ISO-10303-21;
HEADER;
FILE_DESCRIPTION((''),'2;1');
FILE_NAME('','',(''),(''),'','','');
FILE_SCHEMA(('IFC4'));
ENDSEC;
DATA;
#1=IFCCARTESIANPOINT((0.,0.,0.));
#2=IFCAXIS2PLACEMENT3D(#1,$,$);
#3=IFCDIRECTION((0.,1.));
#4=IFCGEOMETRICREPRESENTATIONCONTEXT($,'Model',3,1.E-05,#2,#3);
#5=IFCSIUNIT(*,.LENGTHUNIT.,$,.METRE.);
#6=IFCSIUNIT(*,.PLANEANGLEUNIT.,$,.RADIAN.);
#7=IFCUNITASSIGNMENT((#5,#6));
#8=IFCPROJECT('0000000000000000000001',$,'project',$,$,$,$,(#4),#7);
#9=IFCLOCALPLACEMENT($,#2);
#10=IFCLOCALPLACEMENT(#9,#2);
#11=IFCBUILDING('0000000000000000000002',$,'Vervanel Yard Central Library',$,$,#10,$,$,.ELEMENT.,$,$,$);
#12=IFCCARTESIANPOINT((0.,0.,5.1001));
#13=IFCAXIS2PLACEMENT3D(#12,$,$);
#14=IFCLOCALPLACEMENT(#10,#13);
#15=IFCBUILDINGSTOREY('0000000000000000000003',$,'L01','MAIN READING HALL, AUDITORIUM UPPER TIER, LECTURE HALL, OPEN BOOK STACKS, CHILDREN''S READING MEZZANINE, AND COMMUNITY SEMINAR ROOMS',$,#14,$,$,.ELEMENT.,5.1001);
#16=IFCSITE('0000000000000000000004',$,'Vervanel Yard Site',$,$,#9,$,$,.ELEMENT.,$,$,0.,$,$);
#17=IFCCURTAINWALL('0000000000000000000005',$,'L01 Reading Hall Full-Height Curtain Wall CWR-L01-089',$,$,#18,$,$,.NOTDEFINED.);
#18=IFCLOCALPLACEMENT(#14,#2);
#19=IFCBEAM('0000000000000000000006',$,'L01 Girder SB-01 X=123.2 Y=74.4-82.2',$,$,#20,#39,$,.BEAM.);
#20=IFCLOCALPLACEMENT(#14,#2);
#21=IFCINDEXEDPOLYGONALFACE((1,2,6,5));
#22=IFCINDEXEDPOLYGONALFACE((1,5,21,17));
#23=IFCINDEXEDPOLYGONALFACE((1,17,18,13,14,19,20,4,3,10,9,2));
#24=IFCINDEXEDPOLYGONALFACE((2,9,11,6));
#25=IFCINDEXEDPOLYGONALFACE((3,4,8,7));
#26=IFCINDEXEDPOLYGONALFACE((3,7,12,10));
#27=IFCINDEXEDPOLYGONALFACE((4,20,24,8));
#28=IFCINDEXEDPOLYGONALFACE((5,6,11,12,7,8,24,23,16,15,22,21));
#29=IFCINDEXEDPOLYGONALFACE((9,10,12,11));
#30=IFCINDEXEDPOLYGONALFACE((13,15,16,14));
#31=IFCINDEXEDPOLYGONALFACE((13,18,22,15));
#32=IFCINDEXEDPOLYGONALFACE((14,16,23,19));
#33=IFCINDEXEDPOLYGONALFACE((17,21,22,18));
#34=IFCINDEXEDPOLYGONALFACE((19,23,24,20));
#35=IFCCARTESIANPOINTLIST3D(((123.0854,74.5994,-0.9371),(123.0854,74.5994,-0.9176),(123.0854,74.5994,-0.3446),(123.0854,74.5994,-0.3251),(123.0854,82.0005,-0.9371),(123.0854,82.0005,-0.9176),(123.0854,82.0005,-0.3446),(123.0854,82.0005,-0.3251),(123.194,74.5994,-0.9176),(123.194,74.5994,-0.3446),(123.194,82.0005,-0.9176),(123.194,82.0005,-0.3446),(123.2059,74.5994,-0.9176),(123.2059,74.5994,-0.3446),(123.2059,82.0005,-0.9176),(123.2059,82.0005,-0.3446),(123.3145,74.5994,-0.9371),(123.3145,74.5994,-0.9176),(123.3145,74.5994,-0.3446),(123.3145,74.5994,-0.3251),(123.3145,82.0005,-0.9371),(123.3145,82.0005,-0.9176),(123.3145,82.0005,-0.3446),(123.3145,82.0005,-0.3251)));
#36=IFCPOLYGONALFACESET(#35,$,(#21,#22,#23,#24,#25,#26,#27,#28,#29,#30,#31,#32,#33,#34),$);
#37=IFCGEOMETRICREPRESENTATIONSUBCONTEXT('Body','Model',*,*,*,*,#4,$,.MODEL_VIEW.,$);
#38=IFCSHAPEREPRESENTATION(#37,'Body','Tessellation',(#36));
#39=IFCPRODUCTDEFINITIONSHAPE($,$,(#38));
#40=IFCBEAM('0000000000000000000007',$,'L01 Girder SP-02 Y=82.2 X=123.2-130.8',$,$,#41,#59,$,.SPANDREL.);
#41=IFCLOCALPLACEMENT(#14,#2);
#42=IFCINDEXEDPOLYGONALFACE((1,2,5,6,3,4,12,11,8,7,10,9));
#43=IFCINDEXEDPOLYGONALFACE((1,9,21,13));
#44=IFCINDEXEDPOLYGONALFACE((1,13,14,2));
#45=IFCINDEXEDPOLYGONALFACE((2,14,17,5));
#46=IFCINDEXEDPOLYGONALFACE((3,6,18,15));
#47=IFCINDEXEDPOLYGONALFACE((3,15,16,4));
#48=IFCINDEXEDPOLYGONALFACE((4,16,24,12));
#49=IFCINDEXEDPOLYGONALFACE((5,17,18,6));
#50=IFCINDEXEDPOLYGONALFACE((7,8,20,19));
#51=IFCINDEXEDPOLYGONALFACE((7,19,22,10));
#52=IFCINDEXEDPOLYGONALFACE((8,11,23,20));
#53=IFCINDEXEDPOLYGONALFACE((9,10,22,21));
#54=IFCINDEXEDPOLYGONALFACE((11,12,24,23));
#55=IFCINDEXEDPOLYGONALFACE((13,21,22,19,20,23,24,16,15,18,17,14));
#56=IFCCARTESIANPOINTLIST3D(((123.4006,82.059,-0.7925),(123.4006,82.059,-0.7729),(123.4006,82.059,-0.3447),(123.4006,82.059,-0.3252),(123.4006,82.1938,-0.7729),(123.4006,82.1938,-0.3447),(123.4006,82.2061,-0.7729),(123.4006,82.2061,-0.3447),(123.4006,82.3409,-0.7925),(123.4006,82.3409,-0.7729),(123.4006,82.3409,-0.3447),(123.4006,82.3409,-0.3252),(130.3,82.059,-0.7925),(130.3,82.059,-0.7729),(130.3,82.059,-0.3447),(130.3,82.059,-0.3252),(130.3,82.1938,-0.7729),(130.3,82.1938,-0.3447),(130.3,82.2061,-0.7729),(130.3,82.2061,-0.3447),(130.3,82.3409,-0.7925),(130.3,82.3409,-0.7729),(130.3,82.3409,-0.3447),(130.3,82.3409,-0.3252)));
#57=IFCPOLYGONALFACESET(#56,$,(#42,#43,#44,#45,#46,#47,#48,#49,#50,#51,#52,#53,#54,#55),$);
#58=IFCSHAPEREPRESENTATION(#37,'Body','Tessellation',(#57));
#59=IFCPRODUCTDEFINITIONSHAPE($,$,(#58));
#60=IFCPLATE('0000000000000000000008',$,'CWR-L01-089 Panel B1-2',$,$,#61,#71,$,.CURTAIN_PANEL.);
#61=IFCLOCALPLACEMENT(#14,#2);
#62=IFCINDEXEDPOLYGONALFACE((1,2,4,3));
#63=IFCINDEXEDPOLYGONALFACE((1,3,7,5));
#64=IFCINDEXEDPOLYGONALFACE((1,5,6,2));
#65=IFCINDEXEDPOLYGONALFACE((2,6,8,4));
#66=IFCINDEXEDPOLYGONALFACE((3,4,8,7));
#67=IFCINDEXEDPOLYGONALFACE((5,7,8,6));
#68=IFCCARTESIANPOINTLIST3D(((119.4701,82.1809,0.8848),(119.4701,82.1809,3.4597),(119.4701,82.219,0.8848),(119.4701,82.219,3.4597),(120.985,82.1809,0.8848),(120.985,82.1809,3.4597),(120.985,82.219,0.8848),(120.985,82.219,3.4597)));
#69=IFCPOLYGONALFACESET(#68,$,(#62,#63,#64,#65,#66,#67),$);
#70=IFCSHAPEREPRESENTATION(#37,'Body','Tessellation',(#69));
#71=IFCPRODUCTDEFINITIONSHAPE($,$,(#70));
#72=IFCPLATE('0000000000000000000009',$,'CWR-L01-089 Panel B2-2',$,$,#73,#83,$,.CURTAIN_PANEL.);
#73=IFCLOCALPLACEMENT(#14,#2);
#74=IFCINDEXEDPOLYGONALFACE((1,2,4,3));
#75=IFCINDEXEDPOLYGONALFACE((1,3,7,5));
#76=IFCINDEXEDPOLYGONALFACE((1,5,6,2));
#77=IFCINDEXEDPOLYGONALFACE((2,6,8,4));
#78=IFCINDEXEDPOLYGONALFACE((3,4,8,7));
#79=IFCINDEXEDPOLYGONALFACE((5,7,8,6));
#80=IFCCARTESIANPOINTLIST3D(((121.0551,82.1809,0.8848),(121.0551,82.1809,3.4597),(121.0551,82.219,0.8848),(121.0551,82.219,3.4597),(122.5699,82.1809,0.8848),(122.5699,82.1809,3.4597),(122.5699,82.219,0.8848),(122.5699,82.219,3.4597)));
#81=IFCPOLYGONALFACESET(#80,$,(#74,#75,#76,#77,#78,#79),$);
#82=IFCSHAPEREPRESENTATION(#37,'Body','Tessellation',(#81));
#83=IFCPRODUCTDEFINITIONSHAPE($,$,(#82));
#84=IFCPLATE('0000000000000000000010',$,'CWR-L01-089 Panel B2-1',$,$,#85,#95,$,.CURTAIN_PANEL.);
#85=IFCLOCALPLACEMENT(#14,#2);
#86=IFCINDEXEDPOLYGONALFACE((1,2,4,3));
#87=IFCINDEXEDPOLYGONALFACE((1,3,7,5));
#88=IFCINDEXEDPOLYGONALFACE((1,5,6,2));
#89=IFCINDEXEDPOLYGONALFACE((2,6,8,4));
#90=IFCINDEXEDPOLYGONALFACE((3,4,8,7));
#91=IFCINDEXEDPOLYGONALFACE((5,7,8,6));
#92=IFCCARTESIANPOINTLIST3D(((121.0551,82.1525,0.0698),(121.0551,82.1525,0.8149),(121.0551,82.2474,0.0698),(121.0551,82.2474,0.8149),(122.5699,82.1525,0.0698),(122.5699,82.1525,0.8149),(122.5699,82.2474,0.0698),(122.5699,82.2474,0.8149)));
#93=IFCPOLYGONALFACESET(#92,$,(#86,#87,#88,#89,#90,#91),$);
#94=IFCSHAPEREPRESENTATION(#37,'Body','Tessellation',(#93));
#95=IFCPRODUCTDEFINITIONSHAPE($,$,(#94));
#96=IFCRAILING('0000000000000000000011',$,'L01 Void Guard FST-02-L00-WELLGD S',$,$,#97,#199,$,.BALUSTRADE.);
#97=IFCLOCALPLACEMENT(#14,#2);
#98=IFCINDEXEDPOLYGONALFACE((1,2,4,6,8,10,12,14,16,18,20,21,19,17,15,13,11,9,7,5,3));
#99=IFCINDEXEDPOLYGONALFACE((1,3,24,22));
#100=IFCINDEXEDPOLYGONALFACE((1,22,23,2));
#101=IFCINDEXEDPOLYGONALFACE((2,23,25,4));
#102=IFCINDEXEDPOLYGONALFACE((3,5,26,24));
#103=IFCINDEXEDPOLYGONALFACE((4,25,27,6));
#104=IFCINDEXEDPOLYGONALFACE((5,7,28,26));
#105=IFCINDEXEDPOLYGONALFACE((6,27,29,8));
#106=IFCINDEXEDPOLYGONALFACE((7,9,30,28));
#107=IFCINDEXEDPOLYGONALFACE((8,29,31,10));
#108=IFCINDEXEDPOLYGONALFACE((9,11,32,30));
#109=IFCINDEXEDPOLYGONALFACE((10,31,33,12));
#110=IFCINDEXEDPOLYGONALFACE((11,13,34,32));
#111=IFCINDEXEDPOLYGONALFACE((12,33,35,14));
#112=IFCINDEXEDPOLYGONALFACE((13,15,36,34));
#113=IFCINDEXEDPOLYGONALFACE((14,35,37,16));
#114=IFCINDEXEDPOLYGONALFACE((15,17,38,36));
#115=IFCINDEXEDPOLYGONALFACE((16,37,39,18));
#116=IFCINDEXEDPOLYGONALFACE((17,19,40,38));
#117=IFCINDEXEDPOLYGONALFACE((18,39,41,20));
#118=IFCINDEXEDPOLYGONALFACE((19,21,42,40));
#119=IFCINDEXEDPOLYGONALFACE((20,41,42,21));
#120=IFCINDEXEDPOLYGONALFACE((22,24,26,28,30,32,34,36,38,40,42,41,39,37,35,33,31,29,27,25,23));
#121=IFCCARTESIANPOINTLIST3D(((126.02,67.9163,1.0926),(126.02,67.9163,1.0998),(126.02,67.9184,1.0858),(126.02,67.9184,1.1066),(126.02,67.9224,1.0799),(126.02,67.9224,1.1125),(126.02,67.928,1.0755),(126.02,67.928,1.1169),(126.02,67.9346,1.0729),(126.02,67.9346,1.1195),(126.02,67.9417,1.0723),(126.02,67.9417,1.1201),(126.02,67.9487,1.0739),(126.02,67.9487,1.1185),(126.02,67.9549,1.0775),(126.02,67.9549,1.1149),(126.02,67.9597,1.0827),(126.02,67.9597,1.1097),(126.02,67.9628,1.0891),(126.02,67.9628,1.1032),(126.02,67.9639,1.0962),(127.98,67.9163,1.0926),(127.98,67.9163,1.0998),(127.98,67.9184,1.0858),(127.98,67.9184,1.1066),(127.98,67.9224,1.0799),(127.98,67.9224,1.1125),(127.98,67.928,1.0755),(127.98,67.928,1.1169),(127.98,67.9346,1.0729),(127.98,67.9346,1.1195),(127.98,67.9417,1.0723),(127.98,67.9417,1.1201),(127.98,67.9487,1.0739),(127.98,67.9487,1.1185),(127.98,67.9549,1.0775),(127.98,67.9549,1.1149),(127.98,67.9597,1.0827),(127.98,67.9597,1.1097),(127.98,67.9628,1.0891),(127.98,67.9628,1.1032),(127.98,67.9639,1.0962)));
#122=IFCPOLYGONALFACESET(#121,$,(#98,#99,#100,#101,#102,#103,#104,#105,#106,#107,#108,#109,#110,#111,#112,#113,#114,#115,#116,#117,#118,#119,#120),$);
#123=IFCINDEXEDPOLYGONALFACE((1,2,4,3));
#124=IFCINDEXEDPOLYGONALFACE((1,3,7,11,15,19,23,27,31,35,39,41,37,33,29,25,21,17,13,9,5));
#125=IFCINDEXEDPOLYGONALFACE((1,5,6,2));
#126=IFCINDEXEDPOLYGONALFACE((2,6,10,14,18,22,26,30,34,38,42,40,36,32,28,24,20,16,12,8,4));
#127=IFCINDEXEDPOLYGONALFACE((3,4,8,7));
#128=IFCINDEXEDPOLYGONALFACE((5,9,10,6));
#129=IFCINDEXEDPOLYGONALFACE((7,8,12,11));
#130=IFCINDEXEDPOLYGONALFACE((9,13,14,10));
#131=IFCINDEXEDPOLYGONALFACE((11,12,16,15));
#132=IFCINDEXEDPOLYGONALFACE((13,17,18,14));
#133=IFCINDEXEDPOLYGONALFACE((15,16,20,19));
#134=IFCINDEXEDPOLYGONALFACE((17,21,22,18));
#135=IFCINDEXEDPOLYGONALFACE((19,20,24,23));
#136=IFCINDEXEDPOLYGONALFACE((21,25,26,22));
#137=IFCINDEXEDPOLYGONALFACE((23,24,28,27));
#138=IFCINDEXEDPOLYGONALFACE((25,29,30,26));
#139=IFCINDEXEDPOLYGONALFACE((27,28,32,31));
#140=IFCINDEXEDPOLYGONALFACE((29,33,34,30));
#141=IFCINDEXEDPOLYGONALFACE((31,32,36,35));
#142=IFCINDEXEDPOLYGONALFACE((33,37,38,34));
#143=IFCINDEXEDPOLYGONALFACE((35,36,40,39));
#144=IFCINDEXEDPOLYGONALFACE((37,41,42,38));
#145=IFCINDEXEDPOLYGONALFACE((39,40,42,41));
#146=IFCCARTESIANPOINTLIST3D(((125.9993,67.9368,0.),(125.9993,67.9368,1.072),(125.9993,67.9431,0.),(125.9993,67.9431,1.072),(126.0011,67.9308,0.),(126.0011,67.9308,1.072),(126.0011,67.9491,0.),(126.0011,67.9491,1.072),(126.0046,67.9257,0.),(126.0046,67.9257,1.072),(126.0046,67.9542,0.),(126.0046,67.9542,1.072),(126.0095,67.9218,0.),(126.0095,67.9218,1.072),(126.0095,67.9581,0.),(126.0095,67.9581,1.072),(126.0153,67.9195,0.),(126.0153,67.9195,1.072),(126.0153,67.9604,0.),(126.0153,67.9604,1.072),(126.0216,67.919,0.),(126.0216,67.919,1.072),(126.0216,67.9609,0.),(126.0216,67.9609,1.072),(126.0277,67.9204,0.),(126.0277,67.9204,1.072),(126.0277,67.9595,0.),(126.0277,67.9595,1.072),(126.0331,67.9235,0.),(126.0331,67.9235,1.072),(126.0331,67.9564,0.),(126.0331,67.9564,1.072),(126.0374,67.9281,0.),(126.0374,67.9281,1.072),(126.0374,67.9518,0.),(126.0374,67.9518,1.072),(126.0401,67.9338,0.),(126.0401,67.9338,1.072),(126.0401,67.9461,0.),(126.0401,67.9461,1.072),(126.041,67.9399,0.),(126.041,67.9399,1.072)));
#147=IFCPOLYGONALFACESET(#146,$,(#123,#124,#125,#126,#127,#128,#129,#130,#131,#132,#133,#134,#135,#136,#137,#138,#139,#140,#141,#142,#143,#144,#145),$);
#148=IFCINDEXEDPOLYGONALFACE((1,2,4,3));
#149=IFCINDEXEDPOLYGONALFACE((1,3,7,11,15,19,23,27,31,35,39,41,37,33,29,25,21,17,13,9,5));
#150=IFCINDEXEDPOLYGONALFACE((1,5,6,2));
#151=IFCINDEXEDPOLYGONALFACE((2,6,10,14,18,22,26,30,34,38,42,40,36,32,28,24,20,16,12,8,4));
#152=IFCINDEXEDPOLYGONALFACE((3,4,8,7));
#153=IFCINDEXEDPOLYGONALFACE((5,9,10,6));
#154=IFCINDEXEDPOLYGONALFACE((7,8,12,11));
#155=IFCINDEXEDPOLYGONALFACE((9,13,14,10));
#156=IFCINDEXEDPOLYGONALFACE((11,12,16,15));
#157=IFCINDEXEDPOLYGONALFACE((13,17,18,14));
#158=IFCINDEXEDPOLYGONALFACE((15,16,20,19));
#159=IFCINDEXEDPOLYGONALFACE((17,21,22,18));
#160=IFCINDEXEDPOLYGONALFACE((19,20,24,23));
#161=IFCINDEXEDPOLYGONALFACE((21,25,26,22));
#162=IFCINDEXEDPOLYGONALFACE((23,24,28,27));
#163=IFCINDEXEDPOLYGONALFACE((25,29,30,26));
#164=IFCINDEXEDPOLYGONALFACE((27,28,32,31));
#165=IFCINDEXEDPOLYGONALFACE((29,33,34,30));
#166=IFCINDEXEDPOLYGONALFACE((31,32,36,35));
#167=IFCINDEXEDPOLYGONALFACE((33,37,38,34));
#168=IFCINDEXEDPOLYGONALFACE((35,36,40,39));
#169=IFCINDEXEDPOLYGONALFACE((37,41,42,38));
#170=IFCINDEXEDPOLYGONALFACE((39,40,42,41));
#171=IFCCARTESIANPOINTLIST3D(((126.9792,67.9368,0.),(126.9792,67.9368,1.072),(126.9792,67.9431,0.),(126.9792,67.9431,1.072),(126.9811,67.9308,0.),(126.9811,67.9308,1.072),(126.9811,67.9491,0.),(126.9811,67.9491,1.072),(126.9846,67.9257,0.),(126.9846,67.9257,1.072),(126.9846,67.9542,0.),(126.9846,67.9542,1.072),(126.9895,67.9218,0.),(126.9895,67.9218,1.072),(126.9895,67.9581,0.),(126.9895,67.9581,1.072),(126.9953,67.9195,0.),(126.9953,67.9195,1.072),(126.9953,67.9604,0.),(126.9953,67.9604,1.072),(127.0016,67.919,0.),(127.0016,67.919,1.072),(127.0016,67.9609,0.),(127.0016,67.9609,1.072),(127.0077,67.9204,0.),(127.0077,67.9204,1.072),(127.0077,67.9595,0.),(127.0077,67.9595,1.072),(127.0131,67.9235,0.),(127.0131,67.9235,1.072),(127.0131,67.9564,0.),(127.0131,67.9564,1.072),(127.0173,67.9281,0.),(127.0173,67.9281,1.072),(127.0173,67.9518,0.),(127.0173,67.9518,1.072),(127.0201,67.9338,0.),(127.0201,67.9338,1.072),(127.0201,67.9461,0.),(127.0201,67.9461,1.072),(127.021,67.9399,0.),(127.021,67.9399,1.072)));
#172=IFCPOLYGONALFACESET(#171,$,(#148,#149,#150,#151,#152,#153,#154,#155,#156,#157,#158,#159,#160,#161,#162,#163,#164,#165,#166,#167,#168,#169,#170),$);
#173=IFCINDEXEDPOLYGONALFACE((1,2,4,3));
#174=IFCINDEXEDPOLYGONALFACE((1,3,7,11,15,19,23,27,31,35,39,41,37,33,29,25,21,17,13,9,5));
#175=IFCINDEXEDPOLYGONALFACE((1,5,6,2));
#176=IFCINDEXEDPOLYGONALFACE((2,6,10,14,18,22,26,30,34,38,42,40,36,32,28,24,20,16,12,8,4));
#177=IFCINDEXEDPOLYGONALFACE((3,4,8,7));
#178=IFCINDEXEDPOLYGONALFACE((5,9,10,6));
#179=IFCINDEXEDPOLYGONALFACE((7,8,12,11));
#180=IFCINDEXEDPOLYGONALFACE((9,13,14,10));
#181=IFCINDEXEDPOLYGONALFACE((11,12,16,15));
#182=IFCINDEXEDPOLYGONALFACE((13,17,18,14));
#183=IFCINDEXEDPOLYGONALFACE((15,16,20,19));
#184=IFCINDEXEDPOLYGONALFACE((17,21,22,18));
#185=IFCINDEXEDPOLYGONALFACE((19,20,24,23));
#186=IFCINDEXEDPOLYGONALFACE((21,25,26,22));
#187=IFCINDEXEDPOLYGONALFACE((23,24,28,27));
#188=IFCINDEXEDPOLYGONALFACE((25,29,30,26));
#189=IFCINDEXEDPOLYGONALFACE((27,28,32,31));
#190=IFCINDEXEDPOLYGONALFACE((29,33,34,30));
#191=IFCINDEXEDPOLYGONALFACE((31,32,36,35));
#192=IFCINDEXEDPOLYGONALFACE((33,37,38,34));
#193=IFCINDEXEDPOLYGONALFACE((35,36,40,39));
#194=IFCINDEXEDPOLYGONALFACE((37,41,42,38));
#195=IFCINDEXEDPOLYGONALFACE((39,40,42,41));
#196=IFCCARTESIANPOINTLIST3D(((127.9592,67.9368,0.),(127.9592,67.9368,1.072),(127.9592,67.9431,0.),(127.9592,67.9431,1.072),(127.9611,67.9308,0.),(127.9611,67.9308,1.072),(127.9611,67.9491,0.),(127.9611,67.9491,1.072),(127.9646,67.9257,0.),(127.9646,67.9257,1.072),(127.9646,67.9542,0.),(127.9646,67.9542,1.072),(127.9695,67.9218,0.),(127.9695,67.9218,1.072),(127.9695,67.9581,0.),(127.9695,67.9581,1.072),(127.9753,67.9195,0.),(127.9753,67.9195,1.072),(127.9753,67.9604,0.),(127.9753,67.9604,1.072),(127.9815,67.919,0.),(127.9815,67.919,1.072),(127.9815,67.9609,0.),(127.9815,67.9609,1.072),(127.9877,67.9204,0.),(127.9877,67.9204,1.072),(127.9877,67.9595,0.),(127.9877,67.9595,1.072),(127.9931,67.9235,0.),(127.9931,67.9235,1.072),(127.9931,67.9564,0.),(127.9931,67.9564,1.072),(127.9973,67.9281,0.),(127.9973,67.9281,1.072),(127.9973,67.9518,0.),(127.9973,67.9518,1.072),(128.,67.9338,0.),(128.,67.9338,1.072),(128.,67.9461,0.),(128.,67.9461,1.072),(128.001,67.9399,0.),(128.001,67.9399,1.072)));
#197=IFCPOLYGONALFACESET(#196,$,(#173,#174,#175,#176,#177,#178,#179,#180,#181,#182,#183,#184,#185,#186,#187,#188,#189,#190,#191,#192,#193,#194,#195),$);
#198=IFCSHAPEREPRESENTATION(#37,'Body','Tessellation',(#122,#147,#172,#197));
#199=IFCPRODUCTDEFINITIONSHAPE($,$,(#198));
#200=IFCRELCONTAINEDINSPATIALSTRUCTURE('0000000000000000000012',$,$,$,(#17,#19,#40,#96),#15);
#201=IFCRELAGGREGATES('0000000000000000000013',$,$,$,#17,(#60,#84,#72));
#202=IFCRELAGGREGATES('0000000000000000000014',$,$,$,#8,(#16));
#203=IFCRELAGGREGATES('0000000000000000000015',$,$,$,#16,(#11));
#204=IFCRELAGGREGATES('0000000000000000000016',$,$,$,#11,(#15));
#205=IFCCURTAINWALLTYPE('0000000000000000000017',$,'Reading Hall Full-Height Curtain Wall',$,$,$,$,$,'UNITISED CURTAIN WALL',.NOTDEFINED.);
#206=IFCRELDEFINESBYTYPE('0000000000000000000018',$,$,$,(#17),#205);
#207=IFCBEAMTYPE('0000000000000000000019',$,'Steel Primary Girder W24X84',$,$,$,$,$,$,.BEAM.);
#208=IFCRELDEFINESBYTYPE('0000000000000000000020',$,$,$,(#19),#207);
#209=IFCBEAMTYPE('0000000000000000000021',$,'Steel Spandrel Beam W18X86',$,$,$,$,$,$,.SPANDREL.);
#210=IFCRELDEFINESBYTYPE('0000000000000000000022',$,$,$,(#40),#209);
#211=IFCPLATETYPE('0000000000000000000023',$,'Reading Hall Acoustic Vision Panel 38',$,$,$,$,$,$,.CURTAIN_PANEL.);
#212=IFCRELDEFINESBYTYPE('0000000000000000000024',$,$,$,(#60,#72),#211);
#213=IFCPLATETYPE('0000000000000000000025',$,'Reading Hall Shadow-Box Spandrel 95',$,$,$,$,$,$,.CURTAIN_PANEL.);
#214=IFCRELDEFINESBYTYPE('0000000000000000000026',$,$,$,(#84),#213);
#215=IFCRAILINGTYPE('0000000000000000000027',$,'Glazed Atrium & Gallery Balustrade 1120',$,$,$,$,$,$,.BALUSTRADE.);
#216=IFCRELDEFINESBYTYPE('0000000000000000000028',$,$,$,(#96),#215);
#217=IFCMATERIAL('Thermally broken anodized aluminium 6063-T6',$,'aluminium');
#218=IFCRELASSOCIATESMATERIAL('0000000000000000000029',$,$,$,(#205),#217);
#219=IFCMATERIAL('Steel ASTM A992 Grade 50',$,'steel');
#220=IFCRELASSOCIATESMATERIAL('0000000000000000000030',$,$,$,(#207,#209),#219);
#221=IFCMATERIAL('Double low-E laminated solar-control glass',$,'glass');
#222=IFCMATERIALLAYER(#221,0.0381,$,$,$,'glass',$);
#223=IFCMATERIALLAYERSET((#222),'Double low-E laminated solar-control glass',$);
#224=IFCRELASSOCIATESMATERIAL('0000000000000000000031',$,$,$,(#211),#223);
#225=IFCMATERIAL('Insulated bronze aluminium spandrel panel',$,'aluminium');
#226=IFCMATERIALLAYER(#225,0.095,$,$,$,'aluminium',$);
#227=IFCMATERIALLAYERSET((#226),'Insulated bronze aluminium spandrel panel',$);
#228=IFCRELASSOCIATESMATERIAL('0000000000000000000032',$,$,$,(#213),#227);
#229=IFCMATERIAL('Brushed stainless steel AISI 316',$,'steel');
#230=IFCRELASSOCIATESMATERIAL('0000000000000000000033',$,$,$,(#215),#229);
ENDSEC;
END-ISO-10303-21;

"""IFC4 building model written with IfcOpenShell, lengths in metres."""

from ifc_helpers import new_model, si_unit, direction, frame, origin, origin_2d, place, context, subcontext, project, spatial, rectangle, circle, i_section, extrude, material, layer, layer_set, material_profile, profile_set, type_object, element, aggregate, save


model = new_model("IFC4")

# Units and contexts
model_context = context("Model", 3, precision=1e-05, world=origin(), true_north=direction((0.0, 1.0)))
body_context = subcontext(model_context, "Body", "Model", "MODEL_VIEW")
ifc_project = project(units=[si_unit("LENGTHUNIT", "METRE"), si_unit("PLANEANGLEUNIT", "RADIAN")], contexts=[model_context])

# Site, building, storey
site_placement = place(None, origin())
site = spatial("IfcSite", under=ifc_project, at=site_placement, Name="Vervanel Yard Site", CompositionType="ELEMENT", RefElevation=0.0)
building_placement = place(site_placement, origin())
building = spatial("IfcBuilding", under=site, at=building_placement, Name="Vervanel Yard Central Library", CompositionType="ELEMENT")
storey_placement = place(building_placement, frame((0.0, 0.0, 5.1001)))
storey = spatial("IfcBuildingStorey", under=building, at=storey_placement, Name="L01", Description="MAIN READING HALL, AUDITORIUM UPPER TIER, LECTURE HALL, OPEN BOOK STACKS, CHILDREN'S READING MEZZANINE, AND COMMUNITY SEMINAR ROOMS", CompositionType="ELEMENT", Elevation=5.1001)

# Shared definitions
ifc_material_1 = material(Name="Steel ASTM A992 Grade 50", Category="steel")

# Curtain wall
ifc_material_2 = material(Name="Thermally broken anodized aluminium 6063-T6", Category="aluminium")
curtain_wall_type = type_object("IfcCurtainWallType", Name="Reading Hall Full-Height Curtain Wall", ElementType="UNITISED CURTAIN WALL", PredefinedType="NOTDEFINED", material=ifc_material_2)
curtain_wall_1_placement = place(storey_placement, origin())
curtain_wall_1 = element("IfcCurtainWall", 1, at=curtain_wall_1_placement, inside=storey, type_object=curtain_wall_type, Name="L01 Reading Hall Full-Height Curtain Wall CWR-L01-089", PredefinedType="NOTDEFINED")

# Beams
ifc_material_profile_1 = material_profile(ifc_material_1, i_section(OverallWidth=0.229, OverallDepth=0.6121, WebThickness=0.012, FlangeThickness=0.0195, at=origin_2d()), Name="W24X84", Category="steel")
ifc_profile_set_1 = profile_set([ifc_material_profile_1], Name="Steel ASTM A992 Grade 50")
beam_type_1 = type_object("IfcBeamType", Name="Steel Primary Girder W24X84", PredefinedType="BEAM", material=ifc_profile_set_1)
beam_1_placement = place(storey_placement, frame((123.2, 74.5994, -0.6311), z_axis=(0.0, 1.0, 0.0), x_axis=(-1.0, 0.0, 0.0)))
element("IfcBeam", 2, at=beam_1_placement, inside=storey, type_object=beam_type_1, Name="L01 Girder SB-01 X=123.2 Y=74.4-82.2", PredefinedType="BEAM", context=body_context, shape_type="SweptSolid", body=[
    extrude(i_section(OverallWidth=0.229, OverallDepth=0.6121, WebThickness=0.012, FlangeThickness=0.0195, at=origin_2d()), origin(), (0.0, 0.0, 1.0), 7.4011),
])
ifc_material_profile_2 = material_profile(ifc_material_1, i_section(OverallWidth=0.282, OverallDepth=0.4673, WebThickness=0.0122, FlangeThickness=0.0195, at=origin_2d()), Name="W18X86", Category="steel")
ifc_profile_set_2 = profile_set([ifc_material_profile_2], Name="Steel ASTM A992 Grade 50")
beam_type_2 = type_object("IfcBeamType", Name="Steel Spandrel Beam W18X86", PredefinedType="SPANDREL", material=ifc_profile_set_2)
beam_2_placement = place(storey_placement, frame((123.4006, 82.2, -0.5588), z_axis=(1.0, 0.0, 0.0), x_axis=(0.0, 1.0, 0.0)))
element("IfcBeam", 3, at=beam_2_placement, inside=storey, type_object=beam_type_2, Name="L01 Girder SP-02 Y=82.2 X=123.2-130.8", PredefinedType="SPANDREL", context=body_context, shape_type="SweptSolid", body=[
    extrude(i_section(OverallWidth=0.282, OverallDepth=0.4673, WebThickness=0.0122, FlangeThickness=0.0195, at=origin_2d()), origin(), (0.0, 0.0, 1.0), 6.8994),
])

# Plates
ifc_material_3 = material(Name="Double low-E laminated solar-control glass", Category="glass")
ifc_layer_1 = layer(ifc_material_3, 0.0381, Category="glass")
ifc_layer_set_1 = layer_set([ifc_layer_1], Name="Double low-E laminated solar-control glass")
plate_type_1 = type_object("IfcPlateType", Name="Reading Hall Acoustic Vision Panel 38", PredefinedType="CURTAIN_PANEL", material=ifc_layer_set_1)
plate_1_placement = place(storey_placement, frame((120.2275, 82.2, 0.8848), z_axis=(0.0, 0.0, 1.0), x_axis=(1.0, 0.0, 0.0)))
plate_1 = element("IfcPlate", 4, at=plate_1_placement, type_object=plate_type_1, Name="CWR-L01-089 Panel B1-2", PredefinedType="CURTAIN_PANEL", context=body_context, shape_type="SweptSolid", body=[
    extrude(rectangle(XDim=1.5149, YDim=0.0381, at=origin_2d()), origin(), (0.0, 0.0, 1.0), 2.575),
])
plate_2_placement = place(storey_placement, frame((121.8125, 82.2, 0.8848), z_axis=(0.0, 0.0, 1.0), x_axis=(1.0, 0.0, 0.0)))
plate_2 = element("IfcPlate", 5, at=plate_2_placement, type_object=plate_type_1, Name="CWR-L01-089 Panel B2-2", PredefinedType="CURTAIN_PANEL", context=body_context, shape_type="SweptSolid", body=[
    extrude(rectangle(XDim=1.5149, YDim=0.0381, at=origin_2d()), origin(), (0.0, 0.0, 1.0), 2.575),
])
ifc_material_4 = material(Name="Insulated bronze aluminium spandrel panel", Category="aluminium")
ifc_layer_2 = layer(ifc_material_4, 0.095, Category="aluminium")
ifc_layer_set_2 = layer_set([ifc_layer_2], Name="Insulated bronze aluminium spandrel panel")
plate_type_2 = type_object("IfcPlateType", Name="Reading Hall Shadow-Box Spandrel 95", PredefinedType="CURTAIN_PANEL", material=ifc_layer_set_2)
plate_3_placement = place(storey_placement, frame((121.8125, 82.2, 0.0698), z_axis=(0.0, 0.0, 1.0), x_axis=(1.0, 0.0, 0.0)))
plate_3 = element("IfcPlate", 6, at=plate_3_placement, type_object=plate_type_2, Name="CWR-L01-089 Panel B2-1", PredefinedType="CURTAIN_PANEL", context=body_context, shape_type="SweptSolid", body=[
    extrude(rectangle(XDim=1.5149, YDim=0.095, at=origin_2d()), origin(), (0.0, 0.0, 1.0), 0.7451),
])
aggregate(curtain_wall_1, [plate_1, plate_3, plate_2])

# Railing
ifc_material_5 = material(Name="Brushed stainless steel AISI 316", Category="steel")
railing_type = type_object("IfcRailingType", Name="Glazed Atrium & Gallery Balustrade 1120", PredefinedType="BALUSTRADE", material=ifc_material_5)
railing_1_placement = place(storey_placement, frame((126.02, 67.9399, 0.0)))
element("IfcRailing", 7, at=railing_1_placement, inside=storey, type_object=railing_type, Name="L01 Void Guard FST-02-L00-WELLGD S", PredefinedType="BALUSTRADE", context=body_context, shape_type="SweptSolid", body=[
    extrude(circle(Radius=0.0239, at=origin_2d()), frame((0.0, 0.0, 1.0962), z_axis=(1.0, 0.0, 0.0), x_axis=(0.0, 1.0, 0.0)), (0.0, 0.0, 1.0), 1.96),
    extrude(circle(Radius=0.021, at=origin_2d()), origin(), (0.0, 0.0, 1.0), 1.072),
    extrude(circle(Radius=0.021, at=origin_2d()), frame((0.98, 0.0, 0.0)), (0.0, 0.0, 1.0), 1.072),
    extrude(circle(Radius=0.021, at=origin_2d()), frame((1.96, 0.0, 0.0)), (0.0, 0.0, 1.0), 1.072),
])

save(model, "model.ifc")
